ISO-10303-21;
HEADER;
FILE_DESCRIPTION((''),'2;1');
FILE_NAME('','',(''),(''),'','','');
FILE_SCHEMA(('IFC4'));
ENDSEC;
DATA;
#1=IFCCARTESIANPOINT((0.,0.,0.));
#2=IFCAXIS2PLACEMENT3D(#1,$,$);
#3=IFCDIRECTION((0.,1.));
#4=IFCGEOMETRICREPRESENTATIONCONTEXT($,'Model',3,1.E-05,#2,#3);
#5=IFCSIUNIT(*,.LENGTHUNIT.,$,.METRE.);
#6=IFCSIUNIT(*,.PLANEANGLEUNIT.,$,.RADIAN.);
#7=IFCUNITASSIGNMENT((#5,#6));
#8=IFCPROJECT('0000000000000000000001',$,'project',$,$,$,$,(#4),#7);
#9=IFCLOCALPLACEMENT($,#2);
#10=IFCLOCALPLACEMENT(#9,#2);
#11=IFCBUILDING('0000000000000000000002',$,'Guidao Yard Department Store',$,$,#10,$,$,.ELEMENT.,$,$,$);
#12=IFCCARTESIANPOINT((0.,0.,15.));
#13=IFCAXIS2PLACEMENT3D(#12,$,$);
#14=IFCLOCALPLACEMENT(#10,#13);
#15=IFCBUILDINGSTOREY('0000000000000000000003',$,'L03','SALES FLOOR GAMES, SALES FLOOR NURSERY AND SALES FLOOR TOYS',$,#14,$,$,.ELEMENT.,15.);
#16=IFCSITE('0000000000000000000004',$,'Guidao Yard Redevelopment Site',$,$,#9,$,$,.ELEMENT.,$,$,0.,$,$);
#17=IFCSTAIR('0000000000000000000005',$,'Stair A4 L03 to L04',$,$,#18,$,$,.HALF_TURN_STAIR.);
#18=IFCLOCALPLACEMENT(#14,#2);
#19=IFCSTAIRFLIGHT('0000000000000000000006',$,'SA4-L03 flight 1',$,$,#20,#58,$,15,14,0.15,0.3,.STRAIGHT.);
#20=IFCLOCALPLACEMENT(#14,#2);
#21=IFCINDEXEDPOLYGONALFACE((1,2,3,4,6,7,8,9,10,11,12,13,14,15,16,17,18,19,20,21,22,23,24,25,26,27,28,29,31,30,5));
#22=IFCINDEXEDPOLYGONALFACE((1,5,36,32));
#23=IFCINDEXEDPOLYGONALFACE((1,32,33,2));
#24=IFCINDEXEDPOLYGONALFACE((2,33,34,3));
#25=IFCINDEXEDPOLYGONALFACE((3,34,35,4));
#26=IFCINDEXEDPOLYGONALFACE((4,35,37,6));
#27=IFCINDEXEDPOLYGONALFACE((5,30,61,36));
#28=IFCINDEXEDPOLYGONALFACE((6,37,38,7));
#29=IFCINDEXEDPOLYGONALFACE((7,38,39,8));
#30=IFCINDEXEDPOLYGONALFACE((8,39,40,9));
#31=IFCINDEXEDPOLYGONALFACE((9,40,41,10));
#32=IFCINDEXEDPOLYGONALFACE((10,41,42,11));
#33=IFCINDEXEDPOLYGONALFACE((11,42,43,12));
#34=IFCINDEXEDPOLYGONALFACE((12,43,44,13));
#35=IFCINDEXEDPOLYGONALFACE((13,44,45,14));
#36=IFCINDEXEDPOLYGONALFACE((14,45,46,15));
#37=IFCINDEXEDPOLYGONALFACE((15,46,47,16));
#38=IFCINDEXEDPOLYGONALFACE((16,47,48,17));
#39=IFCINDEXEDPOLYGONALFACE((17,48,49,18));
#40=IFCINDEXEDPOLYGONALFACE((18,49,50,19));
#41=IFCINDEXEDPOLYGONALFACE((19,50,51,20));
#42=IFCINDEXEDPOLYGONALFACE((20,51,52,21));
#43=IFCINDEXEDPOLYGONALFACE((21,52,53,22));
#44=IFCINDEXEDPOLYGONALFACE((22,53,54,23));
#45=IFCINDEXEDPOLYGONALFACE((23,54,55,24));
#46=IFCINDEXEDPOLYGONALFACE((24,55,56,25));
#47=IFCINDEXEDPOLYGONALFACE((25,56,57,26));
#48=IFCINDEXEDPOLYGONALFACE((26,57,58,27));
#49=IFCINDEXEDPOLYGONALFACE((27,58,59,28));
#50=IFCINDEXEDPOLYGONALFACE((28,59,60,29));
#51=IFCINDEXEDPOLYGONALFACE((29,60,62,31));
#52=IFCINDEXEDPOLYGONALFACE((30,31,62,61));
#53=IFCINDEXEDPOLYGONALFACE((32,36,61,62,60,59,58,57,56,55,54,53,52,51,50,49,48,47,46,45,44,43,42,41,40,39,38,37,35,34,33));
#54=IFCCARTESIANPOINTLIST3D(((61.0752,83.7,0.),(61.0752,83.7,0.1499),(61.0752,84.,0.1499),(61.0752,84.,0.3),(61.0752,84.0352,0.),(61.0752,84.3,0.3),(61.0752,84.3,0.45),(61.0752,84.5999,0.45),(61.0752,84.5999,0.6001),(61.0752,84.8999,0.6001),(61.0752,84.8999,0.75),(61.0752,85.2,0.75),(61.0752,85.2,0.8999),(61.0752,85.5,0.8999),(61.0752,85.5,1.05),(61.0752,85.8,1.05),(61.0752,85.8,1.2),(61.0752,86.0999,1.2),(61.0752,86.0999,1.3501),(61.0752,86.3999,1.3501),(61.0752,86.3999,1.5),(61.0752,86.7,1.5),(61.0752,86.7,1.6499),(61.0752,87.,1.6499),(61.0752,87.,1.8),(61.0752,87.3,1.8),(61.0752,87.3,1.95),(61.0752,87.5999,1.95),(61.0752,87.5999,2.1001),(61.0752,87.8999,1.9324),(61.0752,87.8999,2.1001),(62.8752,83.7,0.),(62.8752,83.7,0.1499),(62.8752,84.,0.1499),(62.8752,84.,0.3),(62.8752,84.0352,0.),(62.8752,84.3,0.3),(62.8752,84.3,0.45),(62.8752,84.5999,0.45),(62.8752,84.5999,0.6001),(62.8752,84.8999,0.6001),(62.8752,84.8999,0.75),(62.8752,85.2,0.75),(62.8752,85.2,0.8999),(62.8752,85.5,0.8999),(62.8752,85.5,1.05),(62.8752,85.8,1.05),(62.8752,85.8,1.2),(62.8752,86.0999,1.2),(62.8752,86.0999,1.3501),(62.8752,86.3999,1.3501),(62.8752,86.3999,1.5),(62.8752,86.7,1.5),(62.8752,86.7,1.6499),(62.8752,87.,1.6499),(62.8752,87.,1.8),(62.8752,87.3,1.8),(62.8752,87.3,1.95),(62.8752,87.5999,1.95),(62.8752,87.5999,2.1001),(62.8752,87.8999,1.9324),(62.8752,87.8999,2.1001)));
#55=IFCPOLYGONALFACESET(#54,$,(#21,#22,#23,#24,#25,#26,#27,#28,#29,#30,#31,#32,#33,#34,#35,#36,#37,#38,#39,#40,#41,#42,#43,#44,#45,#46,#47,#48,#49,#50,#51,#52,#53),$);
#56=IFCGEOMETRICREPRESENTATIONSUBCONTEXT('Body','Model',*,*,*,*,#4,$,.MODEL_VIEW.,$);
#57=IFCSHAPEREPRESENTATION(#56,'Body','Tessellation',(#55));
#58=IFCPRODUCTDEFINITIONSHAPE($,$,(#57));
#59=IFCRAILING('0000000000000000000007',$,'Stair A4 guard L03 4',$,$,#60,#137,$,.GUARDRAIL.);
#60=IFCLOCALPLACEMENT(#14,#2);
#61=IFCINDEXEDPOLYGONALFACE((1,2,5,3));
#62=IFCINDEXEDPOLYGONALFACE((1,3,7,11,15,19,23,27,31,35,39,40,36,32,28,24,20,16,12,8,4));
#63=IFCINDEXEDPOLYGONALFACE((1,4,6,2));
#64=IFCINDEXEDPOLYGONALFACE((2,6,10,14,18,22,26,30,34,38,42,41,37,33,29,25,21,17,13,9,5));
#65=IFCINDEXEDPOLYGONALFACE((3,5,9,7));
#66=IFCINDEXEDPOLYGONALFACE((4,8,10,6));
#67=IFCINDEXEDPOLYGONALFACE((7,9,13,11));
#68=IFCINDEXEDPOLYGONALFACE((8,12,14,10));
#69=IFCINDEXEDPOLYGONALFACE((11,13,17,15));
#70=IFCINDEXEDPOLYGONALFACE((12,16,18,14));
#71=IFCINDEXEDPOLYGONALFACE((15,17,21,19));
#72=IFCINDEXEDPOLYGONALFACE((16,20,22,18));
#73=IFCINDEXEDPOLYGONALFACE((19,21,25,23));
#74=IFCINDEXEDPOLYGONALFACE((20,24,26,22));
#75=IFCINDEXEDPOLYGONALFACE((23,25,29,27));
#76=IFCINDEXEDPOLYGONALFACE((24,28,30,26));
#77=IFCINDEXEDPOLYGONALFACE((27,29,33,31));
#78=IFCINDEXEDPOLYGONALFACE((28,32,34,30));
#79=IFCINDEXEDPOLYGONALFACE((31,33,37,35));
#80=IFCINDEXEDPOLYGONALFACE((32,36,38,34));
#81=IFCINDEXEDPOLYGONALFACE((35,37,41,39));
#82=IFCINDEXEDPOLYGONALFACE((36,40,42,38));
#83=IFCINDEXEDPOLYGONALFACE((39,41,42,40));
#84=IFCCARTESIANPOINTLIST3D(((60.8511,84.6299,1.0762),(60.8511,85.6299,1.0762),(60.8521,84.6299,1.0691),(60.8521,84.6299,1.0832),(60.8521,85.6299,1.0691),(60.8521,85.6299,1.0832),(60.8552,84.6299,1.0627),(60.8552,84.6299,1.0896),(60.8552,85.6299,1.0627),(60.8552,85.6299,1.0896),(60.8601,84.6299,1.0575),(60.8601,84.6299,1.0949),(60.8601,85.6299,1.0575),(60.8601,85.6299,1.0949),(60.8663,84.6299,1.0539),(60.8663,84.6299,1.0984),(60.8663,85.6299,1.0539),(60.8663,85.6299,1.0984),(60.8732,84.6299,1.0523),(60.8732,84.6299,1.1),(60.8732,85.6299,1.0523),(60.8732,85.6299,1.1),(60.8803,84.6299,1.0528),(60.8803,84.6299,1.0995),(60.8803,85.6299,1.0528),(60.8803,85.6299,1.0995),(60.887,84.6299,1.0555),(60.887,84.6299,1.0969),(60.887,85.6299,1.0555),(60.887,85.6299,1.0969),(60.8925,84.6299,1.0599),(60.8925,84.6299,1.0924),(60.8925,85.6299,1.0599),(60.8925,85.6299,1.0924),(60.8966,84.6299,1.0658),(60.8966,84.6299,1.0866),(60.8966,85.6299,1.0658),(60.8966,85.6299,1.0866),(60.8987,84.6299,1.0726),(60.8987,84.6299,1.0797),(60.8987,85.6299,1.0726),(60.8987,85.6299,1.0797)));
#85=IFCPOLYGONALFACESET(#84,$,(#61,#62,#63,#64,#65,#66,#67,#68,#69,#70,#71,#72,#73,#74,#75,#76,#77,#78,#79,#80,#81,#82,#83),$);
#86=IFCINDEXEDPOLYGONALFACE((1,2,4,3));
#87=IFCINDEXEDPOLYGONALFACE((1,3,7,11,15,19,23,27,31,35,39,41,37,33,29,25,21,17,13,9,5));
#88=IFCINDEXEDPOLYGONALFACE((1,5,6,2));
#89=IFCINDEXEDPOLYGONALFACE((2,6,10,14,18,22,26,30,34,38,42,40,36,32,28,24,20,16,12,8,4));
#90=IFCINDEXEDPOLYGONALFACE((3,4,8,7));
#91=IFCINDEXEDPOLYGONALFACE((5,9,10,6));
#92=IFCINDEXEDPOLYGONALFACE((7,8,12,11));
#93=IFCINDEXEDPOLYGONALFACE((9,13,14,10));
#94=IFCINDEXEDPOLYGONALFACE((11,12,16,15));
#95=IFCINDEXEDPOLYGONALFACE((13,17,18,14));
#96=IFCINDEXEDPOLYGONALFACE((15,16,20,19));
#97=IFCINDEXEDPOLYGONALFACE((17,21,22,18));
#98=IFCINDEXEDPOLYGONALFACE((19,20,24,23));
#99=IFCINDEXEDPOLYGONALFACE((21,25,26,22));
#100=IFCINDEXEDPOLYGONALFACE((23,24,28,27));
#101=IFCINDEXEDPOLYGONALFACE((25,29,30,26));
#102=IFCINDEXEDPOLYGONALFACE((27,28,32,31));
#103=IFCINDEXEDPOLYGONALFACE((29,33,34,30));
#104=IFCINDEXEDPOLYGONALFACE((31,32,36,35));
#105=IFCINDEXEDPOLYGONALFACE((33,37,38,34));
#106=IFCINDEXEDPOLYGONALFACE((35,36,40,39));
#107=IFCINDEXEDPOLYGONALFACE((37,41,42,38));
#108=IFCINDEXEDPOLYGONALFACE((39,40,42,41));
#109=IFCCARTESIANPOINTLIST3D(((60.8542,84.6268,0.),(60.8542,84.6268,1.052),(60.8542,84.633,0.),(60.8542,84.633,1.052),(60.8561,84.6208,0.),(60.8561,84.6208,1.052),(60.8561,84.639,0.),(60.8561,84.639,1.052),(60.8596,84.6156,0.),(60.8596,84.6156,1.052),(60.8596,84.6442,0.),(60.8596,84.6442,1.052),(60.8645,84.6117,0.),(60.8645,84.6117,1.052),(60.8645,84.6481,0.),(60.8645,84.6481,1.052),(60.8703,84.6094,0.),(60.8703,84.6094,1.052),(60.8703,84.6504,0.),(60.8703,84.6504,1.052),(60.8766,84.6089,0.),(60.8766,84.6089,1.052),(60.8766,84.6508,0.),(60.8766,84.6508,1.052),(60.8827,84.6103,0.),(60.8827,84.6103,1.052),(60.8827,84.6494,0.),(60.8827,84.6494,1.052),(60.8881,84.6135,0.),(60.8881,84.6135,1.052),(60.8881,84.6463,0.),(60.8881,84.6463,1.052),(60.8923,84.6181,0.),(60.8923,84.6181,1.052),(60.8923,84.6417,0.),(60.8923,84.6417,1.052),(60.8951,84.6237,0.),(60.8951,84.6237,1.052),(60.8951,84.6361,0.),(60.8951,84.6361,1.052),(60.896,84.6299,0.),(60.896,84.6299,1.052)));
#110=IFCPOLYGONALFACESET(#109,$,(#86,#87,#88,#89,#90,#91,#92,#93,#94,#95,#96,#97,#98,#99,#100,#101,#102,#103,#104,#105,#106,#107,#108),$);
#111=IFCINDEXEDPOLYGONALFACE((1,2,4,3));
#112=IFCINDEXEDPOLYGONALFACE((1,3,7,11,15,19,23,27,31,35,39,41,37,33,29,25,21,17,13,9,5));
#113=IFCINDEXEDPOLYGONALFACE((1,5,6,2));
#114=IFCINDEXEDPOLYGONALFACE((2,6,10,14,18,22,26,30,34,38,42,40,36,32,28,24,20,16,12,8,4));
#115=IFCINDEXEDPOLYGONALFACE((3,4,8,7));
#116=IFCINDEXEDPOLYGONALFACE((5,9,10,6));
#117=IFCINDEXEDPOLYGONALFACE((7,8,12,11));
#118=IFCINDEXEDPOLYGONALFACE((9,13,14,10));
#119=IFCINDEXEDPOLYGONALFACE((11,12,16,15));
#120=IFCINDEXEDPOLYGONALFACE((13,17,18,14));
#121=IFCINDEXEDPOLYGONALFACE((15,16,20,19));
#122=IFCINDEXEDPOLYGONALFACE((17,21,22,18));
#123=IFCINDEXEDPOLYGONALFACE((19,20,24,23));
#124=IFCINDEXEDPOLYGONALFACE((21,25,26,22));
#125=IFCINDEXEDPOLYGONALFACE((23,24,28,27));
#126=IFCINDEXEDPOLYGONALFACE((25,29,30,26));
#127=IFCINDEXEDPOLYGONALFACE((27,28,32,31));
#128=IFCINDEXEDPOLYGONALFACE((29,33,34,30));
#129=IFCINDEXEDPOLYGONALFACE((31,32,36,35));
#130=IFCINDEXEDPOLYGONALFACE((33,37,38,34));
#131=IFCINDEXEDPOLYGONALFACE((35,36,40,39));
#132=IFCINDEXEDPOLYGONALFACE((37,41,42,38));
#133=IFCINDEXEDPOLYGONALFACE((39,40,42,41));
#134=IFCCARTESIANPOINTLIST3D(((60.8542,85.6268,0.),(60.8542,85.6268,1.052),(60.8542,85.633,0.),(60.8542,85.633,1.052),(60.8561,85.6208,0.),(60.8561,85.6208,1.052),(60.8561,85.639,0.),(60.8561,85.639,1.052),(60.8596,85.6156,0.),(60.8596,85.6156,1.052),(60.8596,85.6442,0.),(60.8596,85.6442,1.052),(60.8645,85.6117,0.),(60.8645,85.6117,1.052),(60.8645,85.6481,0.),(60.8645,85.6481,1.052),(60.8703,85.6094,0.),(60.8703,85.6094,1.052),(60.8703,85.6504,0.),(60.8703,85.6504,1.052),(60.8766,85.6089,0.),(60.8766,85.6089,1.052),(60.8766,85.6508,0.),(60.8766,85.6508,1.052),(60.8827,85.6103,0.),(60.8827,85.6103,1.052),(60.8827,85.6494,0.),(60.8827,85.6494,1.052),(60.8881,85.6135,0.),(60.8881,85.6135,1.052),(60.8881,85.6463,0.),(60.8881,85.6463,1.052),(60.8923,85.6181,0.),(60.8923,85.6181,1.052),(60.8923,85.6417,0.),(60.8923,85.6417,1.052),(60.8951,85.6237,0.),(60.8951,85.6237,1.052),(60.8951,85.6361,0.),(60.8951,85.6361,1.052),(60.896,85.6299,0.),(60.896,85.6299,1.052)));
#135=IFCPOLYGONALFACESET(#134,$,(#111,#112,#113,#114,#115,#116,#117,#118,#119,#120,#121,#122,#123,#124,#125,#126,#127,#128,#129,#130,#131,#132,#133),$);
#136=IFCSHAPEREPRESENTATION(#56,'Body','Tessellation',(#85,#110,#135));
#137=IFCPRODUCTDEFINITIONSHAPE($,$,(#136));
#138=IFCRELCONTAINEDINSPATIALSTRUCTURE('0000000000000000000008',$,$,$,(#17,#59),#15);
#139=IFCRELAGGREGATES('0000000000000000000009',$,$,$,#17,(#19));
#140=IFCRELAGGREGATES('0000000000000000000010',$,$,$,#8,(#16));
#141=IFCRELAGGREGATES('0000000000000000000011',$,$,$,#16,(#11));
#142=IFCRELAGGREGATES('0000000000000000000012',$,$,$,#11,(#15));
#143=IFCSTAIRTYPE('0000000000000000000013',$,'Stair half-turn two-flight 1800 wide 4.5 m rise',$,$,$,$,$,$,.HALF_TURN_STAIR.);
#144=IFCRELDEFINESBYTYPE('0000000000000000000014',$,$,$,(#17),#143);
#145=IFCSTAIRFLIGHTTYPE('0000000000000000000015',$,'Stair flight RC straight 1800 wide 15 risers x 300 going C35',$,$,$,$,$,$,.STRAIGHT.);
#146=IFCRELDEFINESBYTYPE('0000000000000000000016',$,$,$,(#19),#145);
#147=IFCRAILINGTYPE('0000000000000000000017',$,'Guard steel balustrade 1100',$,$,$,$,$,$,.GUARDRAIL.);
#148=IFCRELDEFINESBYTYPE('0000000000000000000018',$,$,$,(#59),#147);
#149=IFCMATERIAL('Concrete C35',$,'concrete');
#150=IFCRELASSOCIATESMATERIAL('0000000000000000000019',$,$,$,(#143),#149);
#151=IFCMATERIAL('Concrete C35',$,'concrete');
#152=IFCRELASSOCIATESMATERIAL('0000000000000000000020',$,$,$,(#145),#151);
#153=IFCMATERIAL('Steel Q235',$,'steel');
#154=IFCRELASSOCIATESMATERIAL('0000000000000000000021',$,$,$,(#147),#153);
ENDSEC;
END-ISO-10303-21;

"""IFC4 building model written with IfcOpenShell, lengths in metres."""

from ifc_helpers import new_model, si_unit, direction, frame, origin, origin_2d, place, context, subcontext, project, spatial, polyline, circle, outline, extrude, material, type_object, element, aggregate, save


model = new_model("IFC4")

# Units and contexts
model_context = context("Model", 3, precision=1e-05, world=origin(), true_north=direction((0.0, 1.0)))
body_context = subcontext(model_context, "Body", "Model", "MODEL_VIEW")
ifc_project = project(units=[si_unit("LENGTHUNIT", "METRE"), si_unit("PLANEANGLEUNIT", "RADIAN")], contexts=[model_context])

# Site, building, storey
site_placement = place(None, origin())
site = spatial("IfcSite", under=ifc_project, at=site_placement, Name="Guidao Yard Redevelopment Site", CompositionType="ELEMENT", RefElevation=0.0)
building_placement = place(site_placement, origin())
building = spatial("IfcBuilding", under=site, at=building_placement, Name="Guidao Yard Department Store", CompositionType="ELEMENT")
storey_placement = place(building_placement, frame((0.0, 0.0, 15.0)))
storey = spatial("IfcBuildingStorey", under=building, at=storey_placement, Name="L03", Description="SALES FLOOR GAMES, SALES FLOOR NURSERY AND SALES FLOOR TOYS", CompositionType="ELEMENT", Elevation=15.0)

# Stair, stair flight
ifc_material_1 = material(Name="Concrete C35", Category="concrete")
stair_type = type_object("IfcStairType", Name="Stair half-turn two-flight 1800 wide 4.5 m rise", PredefinedType="HALF_TURN_STAIR", material=ifc_material_1)
stair_placement = place(storey_placement, origin())
stair = element("IfcStair", 1, at=stair_placement, inside=storey, type_object=stair_type, Name="Stair A4 L03 to L04", PredefinedType="HALF_TURN_STAIR")
ifc_material_2 = material(Name="Concrete C35", Category="concrete")
stair_flight_type = type_object("IfcStairFlightType", Name="Stair flight RC straight 1800 wide 15 risers x 300 going C35", PredefinedType="STRAIGHT", material=ifc_material_2)
stair_flight_placement = place(storey_placement, frame((61.9751, 83.7, 0.0), z_axis=(0.0, 0.0, 1.0), x_axis=(0.0, 1.0, 0.0)))
stair_flight = element("IfcStairFlight", 2, at=stair_flight_placement, type_object=stair_flight_type, Name="SA4-L03 flight 1", NumberOfRisers=15, NumberOfTreads=14, PredefinedType="STRAIGHT", RiserHeight=0.15, TreadLength=0.3, context=body_context, shape_type="SweptSolid", body=[
    extrude(outline(polyline([(0.0, 0.0), (0.0, 0.1499), (0.3, 0.1499), (0.3, 0.3), (0.6001, 0.3), (0.6001, 0.45), (0.8999, 0.45), (0.8999, 0.6001), (1.2, 0.6001), (1.2, 0.75), (1.5, 0.75), (1.5, 0.8999), (1.8, 0.8999), (1.8, 1.05), (2.1001, 1.05), (2.1001, 1.2), (2.3999, 1.2), (2.3999, 1.3501), (2.7, 1.3501), (2.7, 1.5), (3.0, 1.5), (3.0, 1.6499), (3.3, 1.6499), (3.3, 1.8), (3.6001, 1.8), (3.6001, 1.95), (3.8999, 1.95), (3.8999, 2.1001), (4.2, 2.1001), (4.2, 2.25), (4.2, 1.9324), (0.3352, 0.0), (0.0, 0.0)])), frame((0.0, 0.8999, 0.0), z_axis=(0.0, -1.0, 0.0), x_axis=(1.0, 0.0, 0.0)), (0.0, 0.0, 1.0), 1.8),
])
aggregate(stair, [stair_flight])

# Railing
ifc_material_3 = material(Name="Steel Q235", Category="steel")
railing_type_1 = type_object("IfcRailingType", Name="Guard steel balustrade 1100", PredefinedType="GUARDRAIL", material=ifc_material_3)
railing_1_placement = place(storey_placement, frame((60.875, 84.6299, 0.0)))
element("IfcRailing", 3, at=railing_1_placement, inside=storey, type_object=railing_type_1, Name="Stair A4 guard L03 4", PredefinedType="GUARDRAIL", context=body_context, shape_type="SweptSolid", body=[
    extrude(circle(Radius=0.0239, at=origin_2d()), frame((0.0, 0.0, 1.0762), z_axis=(0.0, 1.0, 0.0), x_axis=(-1.0, 0.0, 0.0)), (0.0, 0.0, 1.0), 1.0),
    extrude(circle(Radius=0.021, at=origin_2d()), origin(), (0.0, 0.0, 1.0), 1.052),
    extrude(circle(Radius=0.021, at=origin_2d()), frame((0.0, 1.0, 0.0)), (0.0, 0.0, 1.0), 1.052),
])

save(model, "model.ifc")
